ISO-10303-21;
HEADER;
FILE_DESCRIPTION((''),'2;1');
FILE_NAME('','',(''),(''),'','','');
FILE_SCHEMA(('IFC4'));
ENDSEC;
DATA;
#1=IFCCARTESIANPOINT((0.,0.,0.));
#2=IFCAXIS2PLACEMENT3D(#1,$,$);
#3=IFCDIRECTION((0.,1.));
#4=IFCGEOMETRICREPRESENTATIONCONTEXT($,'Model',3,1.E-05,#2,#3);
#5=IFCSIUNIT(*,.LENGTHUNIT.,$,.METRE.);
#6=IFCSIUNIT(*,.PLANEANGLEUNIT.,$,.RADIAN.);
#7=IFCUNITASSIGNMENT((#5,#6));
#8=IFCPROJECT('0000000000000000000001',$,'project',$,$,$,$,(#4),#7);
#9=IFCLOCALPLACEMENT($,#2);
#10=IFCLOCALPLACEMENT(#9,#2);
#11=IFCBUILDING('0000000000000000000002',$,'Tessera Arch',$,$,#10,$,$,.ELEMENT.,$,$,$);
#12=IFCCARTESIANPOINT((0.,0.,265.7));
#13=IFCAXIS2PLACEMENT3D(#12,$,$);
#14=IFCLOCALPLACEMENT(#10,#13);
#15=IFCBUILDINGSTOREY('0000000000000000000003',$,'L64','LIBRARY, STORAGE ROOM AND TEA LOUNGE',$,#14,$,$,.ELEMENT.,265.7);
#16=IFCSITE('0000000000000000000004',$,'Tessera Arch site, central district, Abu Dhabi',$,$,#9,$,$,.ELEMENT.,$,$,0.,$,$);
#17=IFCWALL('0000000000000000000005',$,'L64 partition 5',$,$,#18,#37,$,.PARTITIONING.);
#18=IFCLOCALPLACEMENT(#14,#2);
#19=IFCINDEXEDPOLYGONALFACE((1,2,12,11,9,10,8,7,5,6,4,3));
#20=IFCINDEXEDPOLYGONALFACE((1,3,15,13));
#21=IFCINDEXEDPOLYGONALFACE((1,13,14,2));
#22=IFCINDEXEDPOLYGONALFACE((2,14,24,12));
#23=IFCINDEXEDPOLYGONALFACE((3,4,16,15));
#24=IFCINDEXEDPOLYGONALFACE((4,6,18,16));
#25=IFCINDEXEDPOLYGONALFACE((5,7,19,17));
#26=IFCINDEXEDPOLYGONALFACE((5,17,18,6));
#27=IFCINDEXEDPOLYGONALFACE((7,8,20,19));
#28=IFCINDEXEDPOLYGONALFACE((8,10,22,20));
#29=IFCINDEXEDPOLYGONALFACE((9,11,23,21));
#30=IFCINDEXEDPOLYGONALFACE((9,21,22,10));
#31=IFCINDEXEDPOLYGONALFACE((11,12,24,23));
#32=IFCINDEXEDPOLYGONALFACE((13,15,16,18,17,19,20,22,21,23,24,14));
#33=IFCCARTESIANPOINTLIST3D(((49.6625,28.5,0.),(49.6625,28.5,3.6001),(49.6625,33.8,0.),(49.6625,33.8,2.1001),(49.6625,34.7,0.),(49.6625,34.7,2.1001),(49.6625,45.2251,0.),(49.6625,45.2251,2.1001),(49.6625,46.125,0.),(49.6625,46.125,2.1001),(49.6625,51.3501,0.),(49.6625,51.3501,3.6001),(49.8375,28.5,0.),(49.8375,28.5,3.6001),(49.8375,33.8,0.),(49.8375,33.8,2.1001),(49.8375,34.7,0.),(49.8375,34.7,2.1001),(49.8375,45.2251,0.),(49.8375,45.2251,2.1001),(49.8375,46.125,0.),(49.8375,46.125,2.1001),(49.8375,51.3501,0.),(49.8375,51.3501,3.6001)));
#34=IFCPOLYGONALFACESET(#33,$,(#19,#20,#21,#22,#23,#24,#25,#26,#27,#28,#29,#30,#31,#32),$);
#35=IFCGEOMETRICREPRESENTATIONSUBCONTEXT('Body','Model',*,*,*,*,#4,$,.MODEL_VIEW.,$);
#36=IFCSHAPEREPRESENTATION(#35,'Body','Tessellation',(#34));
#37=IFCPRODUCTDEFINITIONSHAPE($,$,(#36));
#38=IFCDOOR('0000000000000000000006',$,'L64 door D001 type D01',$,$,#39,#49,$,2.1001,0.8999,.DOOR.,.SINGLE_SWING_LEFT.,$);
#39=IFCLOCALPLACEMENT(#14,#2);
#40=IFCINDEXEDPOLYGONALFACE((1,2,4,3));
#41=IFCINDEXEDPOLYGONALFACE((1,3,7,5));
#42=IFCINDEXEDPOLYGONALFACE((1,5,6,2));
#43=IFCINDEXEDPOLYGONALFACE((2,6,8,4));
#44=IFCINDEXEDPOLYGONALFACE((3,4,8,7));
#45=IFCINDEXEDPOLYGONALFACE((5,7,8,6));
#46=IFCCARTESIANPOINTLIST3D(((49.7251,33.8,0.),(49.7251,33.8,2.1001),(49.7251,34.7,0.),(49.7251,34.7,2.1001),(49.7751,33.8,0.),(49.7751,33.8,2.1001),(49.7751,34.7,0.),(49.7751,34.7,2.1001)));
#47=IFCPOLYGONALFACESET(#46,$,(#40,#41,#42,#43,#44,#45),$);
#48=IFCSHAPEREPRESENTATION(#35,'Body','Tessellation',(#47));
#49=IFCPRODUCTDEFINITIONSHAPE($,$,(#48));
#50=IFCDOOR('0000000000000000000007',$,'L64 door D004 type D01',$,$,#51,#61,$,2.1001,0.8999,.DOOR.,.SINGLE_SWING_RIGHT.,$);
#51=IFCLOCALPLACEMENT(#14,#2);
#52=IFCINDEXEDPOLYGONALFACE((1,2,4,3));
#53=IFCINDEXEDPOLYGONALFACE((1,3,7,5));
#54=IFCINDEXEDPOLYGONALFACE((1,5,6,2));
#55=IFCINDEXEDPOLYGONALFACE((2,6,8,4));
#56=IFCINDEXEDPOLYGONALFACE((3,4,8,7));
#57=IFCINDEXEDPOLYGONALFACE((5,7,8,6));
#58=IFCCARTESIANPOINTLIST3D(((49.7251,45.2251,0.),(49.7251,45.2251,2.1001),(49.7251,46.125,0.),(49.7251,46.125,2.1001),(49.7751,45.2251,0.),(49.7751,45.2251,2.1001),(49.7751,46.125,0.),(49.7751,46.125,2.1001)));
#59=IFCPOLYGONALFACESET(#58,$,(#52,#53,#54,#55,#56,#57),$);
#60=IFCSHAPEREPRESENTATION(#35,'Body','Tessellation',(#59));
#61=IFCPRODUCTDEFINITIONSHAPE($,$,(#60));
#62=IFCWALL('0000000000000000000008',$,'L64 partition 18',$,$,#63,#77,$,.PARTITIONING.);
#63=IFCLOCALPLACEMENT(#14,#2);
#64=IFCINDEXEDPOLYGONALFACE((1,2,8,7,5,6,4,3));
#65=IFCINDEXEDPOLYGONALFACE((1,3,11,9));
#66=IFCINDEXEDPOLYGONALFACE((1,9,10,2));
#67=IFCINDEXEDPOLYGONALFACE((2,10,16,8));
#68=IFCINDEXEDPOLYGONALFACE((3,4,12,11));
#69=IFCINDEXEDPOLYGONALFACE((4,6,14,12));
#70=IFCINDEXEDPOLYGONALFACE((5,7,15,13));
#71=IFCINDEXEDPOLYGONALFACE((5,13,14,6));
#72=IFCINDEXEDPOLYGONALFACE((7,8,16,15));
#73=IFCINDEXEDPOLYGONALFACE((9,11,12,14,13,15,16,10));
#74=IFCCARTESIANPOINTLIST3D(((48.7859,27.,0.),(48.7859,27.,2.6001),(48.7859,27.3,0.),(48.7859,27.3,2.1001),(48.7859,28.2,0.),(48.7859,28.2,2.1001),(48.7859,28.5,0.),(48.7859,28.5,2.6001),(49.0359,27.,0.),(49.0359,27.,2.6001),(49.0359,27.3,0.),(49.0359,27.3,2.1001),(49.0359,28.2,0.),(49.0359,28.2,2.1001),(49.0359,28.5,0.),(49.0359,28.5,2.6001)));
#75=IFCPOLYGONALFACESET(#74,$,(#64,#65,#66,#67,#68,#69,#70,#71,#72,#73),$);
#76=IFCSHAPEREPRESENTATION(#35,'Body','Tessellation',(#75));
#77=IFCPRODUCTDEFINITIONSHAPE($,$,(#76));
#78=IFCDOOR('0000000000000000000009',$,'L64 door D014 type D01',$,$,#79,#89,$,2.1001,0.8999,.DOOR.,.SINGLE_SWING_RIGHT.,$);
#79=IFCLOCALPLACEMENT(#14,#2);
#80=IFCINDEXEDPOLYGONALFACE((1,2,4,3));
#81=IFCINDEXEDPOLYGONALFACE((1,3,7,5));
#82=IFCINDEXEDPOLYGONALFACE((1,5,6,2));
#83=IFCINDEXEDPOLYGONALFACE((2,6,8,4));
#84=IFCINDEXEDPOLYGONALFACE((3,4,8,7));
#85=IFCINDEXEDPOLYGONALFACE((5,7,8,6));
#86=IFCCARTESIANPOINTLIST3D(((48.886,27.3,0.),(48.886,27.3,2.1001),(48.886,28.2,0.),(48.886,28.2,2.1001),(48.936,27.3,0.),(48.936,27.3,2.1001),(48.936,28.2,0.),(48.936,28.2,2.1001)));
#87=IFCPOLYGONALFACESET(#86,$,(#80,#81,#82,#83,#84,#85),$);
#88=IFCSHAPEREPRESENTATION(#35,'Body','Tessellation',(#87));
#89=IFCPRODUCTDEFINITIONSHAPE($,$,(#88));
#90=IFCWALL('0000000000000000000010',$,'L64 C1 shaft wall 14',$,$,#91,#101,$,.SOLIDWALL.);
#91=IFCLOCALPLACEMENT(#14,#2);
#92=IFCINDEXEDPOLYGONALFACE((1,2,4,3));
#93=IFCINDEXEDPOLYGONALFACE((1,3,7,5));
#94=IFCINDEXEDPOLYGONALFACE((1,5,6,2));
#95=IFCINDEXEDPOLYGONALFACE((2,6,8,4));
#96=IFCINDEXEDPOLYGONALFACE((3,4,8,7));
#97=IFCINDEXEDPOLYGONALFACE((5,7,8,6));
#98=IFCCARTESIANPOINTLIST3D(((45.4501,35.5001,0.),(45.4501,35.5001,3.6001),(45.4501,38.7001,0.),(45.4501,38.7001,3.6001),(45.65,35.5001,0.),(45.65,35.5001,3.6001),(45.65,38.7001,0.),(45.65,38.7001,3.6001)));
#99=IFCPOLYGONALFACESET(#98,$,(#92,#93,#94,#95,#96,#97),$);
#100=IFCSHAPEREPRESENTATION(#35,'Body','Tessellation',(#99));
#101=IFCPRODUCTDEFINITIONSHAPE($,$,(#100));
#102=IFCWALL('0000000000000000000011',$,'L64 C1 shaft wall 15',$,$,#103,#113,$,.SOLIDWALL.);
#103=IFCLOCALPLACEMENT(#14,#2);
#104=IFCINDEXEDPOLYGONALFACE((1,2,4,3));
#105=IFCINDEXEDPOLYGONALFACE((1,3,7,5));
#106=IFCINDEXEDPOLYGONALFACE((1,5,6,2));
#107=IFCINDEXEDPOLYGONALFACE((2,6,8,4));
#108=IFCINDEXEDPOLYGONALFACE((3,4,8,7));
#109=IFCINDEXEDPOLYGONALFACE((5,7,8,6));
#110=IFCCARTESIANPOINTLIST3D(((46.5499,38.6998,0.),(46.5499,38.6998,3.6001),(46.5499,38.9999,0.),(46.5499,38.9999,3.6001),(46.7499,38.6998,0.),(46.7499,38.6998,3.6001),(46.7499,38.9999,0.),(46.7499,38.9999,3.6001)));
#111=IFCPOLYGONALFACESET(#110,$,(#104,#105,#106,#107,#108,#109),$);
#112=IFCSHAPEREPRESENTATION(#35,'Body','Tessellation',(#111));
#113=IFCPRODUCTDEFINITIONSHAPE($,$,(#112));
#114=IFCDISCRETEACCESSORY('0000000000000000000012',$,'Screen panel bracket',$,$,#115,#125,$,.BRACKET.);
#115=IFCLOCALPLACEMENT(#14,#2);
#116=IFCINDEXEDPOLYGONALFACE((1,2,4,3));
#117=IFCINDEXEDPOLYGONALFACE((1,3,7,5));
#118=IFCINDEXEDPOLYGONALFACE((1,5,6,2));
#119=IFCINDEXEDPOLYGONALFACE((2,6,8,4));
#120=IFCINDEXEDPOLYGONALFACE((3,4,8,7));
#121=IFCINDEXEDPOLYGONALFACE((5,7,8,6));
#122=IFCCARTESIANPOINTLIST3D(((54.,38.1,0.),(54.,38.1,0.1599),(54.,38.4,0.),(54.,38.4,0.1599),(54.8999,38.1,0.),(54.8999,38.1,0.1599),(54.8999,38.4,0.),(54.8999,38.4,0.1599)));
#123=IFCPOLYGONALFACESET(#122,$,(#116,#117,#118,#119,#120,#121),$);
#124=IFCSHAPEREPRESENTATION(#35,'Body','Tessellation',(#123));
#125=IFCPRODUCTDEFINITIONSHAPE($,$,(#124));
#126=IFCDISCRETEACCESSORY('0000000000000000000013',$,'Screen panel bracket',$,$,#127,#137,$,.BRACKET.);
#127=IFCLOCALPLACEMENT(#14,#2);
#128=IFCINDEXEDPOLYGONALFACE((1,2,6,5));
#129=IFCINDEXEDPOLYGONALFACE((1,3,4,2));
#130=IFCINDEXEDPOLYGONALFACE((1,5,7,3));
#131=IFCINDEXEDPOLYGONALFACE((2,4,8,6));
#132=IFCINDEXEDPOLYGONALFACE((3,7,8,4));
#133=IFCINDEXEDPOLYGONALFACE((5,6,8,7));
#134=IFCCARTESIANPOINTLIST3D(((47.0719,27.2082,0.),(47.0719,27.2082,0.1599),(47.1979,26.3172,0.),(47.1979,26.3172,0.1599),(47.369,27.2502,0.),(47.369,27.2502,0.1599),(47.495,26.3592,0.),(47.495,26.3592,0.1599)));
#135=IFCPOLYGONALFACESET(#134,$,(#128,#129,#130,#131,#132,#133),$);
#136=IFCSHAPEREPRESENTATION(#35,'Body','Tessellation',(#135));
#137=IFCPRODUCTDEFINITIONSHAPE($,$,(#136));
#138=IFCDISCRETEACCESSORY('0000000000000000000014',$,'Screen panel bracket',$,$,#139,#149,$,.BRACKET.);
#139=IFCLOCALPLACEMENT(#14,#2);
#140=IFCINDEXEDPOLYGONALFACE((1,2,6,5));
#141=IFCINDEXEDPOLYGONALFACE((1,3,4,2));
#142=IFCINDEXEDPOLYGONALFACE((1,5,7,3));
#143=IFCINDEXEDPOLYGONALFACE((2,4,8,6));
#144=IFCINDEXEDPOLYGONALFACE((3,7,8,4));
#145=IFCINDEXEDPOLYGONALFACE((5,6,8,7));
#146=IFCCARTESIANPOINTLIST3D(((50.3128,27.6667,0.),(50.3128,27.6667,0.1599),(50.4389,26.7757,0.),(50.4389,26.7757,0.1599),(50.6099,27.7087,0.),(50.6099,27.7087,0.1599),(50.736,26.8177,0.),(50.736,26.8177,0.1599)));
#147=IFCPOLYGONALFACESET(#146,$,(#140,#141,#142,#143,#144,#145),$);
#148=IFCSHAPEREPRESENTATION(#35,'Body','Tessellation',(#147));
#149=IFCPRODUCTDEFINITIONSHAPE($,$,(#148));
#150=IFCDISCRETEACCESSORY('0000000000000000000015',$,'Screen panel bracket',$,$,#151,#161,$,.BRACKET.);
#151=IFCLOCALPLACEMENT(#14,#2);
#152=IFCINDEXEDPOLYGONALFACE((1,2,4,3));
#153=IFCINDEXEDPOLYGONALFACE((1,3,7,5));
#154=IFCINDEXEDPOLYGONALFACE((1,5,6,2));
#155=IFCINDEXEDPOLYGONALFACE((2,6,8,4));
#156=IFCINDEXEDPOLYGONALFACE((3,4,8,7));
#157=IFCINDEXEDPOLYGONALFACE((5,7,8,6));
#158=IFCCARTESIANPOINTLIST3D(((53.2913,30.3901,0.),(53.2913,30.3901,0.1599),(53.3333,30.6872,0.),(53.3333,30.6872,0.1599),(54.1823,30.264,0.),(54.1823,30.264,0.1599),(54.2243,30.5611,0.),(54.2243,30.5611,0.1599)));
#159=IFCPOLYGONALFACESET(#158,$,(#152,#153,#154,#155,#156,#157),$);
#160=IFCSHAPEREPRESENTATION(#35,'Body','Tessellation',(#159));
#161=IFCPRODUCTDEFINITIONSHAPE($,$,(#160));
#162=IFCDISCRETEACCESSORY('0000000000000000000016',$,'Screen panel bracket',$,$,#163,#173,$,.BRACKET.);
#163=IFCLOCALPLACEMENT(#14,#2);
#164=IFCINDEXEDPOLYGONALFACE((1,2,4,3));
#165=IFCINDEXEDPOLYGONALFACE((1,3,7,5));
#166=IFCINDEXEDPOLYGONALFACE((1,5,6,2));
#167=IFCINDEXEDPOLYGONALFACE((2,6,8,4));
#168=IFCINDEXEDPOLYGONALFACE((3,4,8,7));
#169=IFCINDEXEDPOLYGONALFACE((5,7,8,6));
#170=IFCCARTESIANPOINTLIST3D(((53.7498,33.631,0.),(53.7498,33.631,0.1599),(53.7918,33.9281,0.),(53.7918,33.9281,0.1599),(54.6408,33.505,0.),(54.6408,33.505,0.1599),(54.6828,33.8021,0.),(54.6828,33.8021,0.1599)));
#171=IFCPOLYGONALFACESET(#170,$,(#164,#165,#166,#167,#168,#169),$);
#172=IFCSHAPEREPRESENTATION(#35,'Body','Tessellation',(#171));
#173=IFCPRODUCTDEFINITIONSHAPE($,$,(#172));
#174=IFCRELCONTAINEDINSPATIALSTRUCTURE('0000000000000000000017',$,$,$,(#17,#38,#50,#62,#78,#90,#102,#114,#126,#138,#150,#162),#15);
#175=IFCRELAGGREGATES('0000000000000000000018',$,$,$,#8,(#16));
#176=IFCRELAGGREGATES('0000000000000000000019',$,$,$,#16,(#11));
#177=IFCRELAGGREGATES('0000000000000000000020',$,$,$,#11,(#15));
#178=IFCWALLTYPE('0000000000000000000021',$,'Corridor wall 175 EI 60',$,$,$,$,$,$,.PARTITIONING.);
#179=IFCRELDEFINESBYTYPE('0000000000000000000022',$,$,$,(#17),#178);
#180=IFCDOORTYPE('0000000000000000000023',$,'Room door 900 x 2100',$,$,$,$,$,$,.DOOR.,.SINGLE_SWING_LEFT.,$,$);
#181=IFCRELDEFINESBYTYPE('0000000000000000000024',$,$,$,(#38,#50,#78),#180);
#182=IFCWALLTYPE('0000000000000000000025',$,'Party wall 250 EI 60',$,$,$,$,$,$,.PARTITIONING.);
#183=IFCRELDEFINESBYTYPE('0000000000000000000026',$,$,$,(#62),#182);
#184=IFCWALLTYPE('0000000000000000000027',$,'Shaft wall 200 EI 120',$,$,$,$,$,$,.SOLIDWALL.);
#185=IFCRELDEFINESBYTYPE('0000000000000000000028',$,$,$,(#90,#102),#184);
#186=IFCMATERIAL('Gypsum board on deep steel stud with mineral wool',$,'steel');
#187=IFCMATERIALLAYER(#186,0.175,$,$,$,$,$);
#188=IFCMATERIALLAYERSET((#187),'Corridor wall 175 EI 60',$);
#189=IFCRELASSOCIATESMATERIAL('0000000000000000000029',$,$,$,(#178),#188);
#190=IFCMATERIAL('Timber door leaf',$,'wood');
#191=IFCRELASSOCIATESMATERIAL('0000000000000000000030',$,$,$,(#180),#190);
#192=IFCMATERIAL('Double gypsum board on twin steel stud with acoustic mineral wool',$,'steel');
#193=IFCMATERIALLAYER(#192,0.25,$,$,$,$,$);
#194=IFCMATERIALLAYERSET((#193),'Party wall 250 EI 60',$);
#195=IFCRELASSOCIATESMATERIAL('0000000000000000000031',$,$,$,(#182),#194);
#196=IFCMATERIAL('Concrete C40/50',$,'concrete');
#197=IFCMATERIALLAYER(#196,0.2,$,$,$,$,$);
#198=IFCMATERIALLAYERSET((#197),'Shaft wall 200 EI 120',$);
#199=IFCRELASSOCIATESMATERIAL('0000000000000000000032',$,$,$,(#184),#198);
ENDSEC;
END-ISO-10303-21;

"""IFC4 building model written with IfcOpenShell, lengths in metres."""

from ifc_helpers import new_model, si_unit, direction, frame, frame_2d, origin, origin_2d, place, context, subcontext, project, spatial, rectangle, extrude, material, layer, layer_set, type_object, element, fill, save


model = new_model("IFC4")

# Units and contexts
model_context = context("Model", 3, precision=1e-05, world=origin(), true_north=direction((0.0, 1.0)))
body_context = subcontext(model_context, "Body", "Model", "MODEL_VIEW")
ifc_project = project(units=[si_unit("LENGTHUNIT", "METRE"), si_unit("PLANEANGLEUNIT", "RADIAN")], contexts=[model_context])

# Site, building, storey
site_placement = place(None, origin())
site = spatial("IfcSite", under=ifc_project, at=site_placement, Name="Tessera Arch site, central district, Abu Dhabi", CompositionType="ELEMENT", RefElevation=0.0)
building_placement = place(site_placement, origin())
building = spatial("IfcBuilding", under=site, at=building_placement, Name="Tessera Arch", CompositionType="ELEMENT")
storey_placement = place(building_placement, frame((0.0, 0.0, 265.7)))
storey = spatial("IfcBuildingStorey", under=building, at=storey_placement, Name="L64", Description="LIBRARY, STORAGE ROOM AND TEA LOUNGE", CompositionType="ELEMENT", Elevation=265.7)

# Shared definitions
ifc_material_1 = material(Name="Gypsum board on deep steel stud with mineral wool", Category="steel")
ifc_layer_1 = layer(ifc_material_1, 0.175)
ifc_layer_set_1 = layer_set([ifc_layer_1], Name="Corridor wall 175 EI 60")
wall_type_1 = type_object("IfcWallType", Name="Corridor wall 175 EI 60", PredefinedType="PARTITIONING", material=ifc_layer_set_1)

# Wall, openings, doors
wall_1_placement = place(storey_placement, frame((49.75, 28.5, 0.0), z_axis=(0.0, 0.0, 1.0), x_axis=(0.0, 1.0, 0.0)))
wall_1 = element("IfcWall", 1, at=wall_1_placement, inside=storey, type_object=wall_type_1, Name="L64 partition 5", PredefinedType="PARTITIONING", context=body_context, shape_type="SweptSolid", body=[
    extrude(rectangle(XDim=22.8501, YDim=0.175, at=frame_2d((11.425, 0.0))), origin(), (0.0, 0.0, 1.0), 3.6001),
])
opening_1_placement = place(wall_1_placement, frame((5.3, 0.0, 0.0)))
opening_1 = element("IfcOpeningElement", 2, at=opening_1_placement, cuts=wall_1, PredefinedType="OPENING", context=body_context, shape_type="SweptSolid", body=[
    extrude(rectangle(XDim=0.8999, YDim=2.1001, at=frame_2d((0.45, 1.05))), frame((0.0, 0.0974, 0.0), z_axis=(0.0, -1.0, 0.0), x_axis=(1.0, 0.0, 0.0)), (0.0, 0.0, 1.0), 0.1951),
])
opening_2_placement = place(wall_1_placement, frame((16.7251, 0.0, 0.0)))
opening_2 = element("IfcOpeningElement", 3, at=opening_2_placement, cuts=wall_1, PredefinedType="OPENING", context=body_context, shape_type="SweptSolid", body=[
    extrude(rectangle(XDim=0.8999, YDim=2.1001, at=frame_2d((0.45, 1.05))), frame((0.0, 0.0974, 0.0), z_axis=(0.0, -1.0, 0.0), x_axis=(1.0, 0.0, 0.0)), (0.0, 0.0, 1.0), 0.1951),
])
ifc_material_2 = material(Name="Timber door leaf", Category="wood")
door_type_1 = type_object("IfcDoorType", Name="Room door 900 x 2100", OperationType="SINGLE_SWING_LEFT", PredefinedType="DOOR", material=ifc_material_2)
door_1_placement = place(opening_1_placement, origin())
door_1 = element("IfcDoor", 4, at=door_1_placement, inside=storey, type_object=door_type_1, Name="L64 door D001 type D01", OperationType="SINGLE_SWING_LEFT", OverallHeight=2.1001, OverallWidth=0.8999, PredefinedType="DOOR", context=body_context, shape_type="SweptSolid", body=[
    extrude(rectangle(XDim=0.8999, YDim=2.1001, at=frame_2d((0.45, 1.05))), frame((0.0, 0.0249, 0.0), z_axis=(0.0, -1.0, 0.0), x_axis=(1.0, 0.0, 0.0)), (0.0, 0.0, 1.0), 0.05),
])
fill(opening_1, door_1)
door_2_placement = place(opening_2_placement, origin())
door_2 = element("IfcDoor", 5, at=door_2_placement, inside=storey, type_object=door_type_1, Name="L64 door D004 type D01", OperationType="SINGLE_SWING_RIGHT", OverallHeight=2.1001, OverallWidth=0.8999, PredefinedType="DOOR", context=body_context, shape_type="SweptSolid", body=[
    extrude(rectangle(XDim=0.8999, YDim=2.1001, at=frame_2d((0.45, 1.05))), frame((0.0, 0.0249, 0.0), z_axis=(0.0, -1.0, 0.0), x_axis=(1.0, 0.0, 0.0)), (0.0, 0.0, 1.0), 0.05),
])
fill(opening_2, door_2)

# Wall, opening, door
ifc_material_3 = material(Name="Double gypsum board on twin steel stud with acoustic mineral wool", Category="steel")
ifc_layer_2 = layer(ifc_material_3, 0.25)
ifc_layer_set_2 = layer_set([ifc_layer_2], Name="Party wall 250 EI 60")
wall_type_2 = type_object("IfcWallType", Name="Party wall 250 EI 60", PredefinedType="PARTITIONING", material=ifc_layer_set_2)
wall_2_placement = place(storey_placement, frame((48.9109, 27.0, 0.0), z_axis=(0.0, 0.0, 1.0), x_axis=(0.0, 1.0, 0.0)))
wall_2 = element("IfcWall", 6, at=wall_2_placement, inside=storey, type_object=wall_type_2, Name="L64 partition 18", PredefinedType="PARTITIONING", context=body_context, shape_type="SweptSolid", body=[
    extrude(rectangle(XDim=1.5, YDim=0.25, at=frame_2d((0.75, 0.0))), origin(), (0.0, 0.0, 1.0), 2.6001),
])
opening_3_placement = place(wall_2_placement, frame((0.3, 0.0, 0.0)))
opening_3 = element("IfcOpeningElement", 7, at=opening_3_placement, cuts=wall_2, PredefinedType="OPENING", context=body_context, shape_type="SweptSolid", body=[
    extrude(rectangle(XDim=0.8999, YDim=2.1001, at=frame_2d((0.45, 1.05))), frame((0.0, 0.135, 0.0), z_axis=(0.0, -1.0, 0.0), x_axis=(1.0, 0.0, 0.0)), (0.0, 0.0, 1.0), 0.27),
])
door_3_placement = place(opening_3_placement, origin())
door_3 = element("IfcDoor", 8, at=door_3_placement, inside=storey, type_object=door_type_1, Name="L64 door D014 type D01", OperationType="SINGLE_SWING_RIGHT", OverallHeight=2.1001, OverallWidth=0.8999, PredefinedType="DOOR", context=body_context, shape_type="SweptSolid", body=[
    extrude(rectangle(XDim=0.8999, YDim=2.1001, at=frame_2d((0.45, 1.05))), frame((0.0, 0.0249, 0.0), z_axis=(0.0, -1.0, 0.0), x_axis=(1.0, 0.0, 0.0)), (0.0, 0.0, 1.0), 0.05),
])
fill(opening_3, door_3)

# Walls
ifc_material_4 = material(Name="Concrete C40/50", Category="concrete")
ifc_layer_3 = layer(ifc_material_4, 0.2)
ifc_layer_set_3 = layer_set([ifc_layer_3], Name="Shaft wall 200 EI 120")
wall_type_3 = type_object("IfcWallType", Name="Shaft wall 200 EI 120", PredefinedType="SOLIDWALL", material=ifc_layer_set_3)
wall_3_placement = place(storey_placement, frame((45.55, 35.5, 0.0), z_axis=(0.0, 0.0, 1.0), x_axis=(0.0, 1.0, 0.0)))
element("IfcWall", 9, at=wall_3_placement, inside=storey, type_object=wall_type_3, Name="L64 C1 shaft wall 14", PredefinedType="SOLIDWALL", context=body_context, shape_type="SweptSolid", body=[
    extrude(rectangle(XDim=3.2, YDim=0.2, at=frame_2d((1.6001, 0.0))), origin(), (0.0, 0.0, 1.0), 3.6001),
])
wall_4_placement = place(storey_placement, frame((46.6499, 38.7, 0.0), z_axis=(0.0, 0.0, 1.0), x_axis=(0.0, 1.0, 0.0)))
element("IfcWall", 10, at=wall_4_placement, inside=storey, type_object=wall_type_3, Name="L64 C1 shaft wall 15", PredefinedType="SOLIDWALL", context=body_context, shape_type="SweptSolid", body=[
    extrude(rectangle(XDim=0.3, YDim=0.2, at=frame_2d((0.1499, 0.0))), origin(), (0.0, 0.0, 1.0), 3.6001),
])

# Discrete accessories
for number, where, z_axis, x_axis, name in (
    (11, (54.45, 38.25, 0.0), (0.0, 0.0, 1.0), (1.0, 0.0, 0.0), "Screen panel bracket"),
    (12, (47.2834, 26.7837, 0.0), (0.0, 0.0, 1.0), (0.140089, -0.990139, 0.0), "Screen panel bracket"),
    (13, (50.5244, 27.2422, 0.0), (0.0, 0.0, 1.0), (0.140089, -0.990139, 0.0), "Screen panel bracket"),
    (14, (53.7578, 30.4756, 0.0), (0.0, 0.0, 1.0), (0.990139, -0.140089, 0.0), "Screen panel bracket"),
    (15, (54.2163, 33.7166, 0.0), (0.0, 0.0, 1.0), (0.990139, -0.140089, 0.0), "Screen panel bracket"),
):
    element("IfcDiscreteAccessory", number, at=place(storey_placement, frame(where, z_axis=z_axis, x_axis=x_axis)), inside=storey, Name=name, PredefinedType="BRACKET", context=body_context, shape_type="SweptSolid", body=[
        extrude(rectangle(XDim=0.8999, YDim=0.3, at=origin_2d()), origin(), (0.0, 0.0, 1.0), 0.1599),
    ])

save(model, "model.ifc")
